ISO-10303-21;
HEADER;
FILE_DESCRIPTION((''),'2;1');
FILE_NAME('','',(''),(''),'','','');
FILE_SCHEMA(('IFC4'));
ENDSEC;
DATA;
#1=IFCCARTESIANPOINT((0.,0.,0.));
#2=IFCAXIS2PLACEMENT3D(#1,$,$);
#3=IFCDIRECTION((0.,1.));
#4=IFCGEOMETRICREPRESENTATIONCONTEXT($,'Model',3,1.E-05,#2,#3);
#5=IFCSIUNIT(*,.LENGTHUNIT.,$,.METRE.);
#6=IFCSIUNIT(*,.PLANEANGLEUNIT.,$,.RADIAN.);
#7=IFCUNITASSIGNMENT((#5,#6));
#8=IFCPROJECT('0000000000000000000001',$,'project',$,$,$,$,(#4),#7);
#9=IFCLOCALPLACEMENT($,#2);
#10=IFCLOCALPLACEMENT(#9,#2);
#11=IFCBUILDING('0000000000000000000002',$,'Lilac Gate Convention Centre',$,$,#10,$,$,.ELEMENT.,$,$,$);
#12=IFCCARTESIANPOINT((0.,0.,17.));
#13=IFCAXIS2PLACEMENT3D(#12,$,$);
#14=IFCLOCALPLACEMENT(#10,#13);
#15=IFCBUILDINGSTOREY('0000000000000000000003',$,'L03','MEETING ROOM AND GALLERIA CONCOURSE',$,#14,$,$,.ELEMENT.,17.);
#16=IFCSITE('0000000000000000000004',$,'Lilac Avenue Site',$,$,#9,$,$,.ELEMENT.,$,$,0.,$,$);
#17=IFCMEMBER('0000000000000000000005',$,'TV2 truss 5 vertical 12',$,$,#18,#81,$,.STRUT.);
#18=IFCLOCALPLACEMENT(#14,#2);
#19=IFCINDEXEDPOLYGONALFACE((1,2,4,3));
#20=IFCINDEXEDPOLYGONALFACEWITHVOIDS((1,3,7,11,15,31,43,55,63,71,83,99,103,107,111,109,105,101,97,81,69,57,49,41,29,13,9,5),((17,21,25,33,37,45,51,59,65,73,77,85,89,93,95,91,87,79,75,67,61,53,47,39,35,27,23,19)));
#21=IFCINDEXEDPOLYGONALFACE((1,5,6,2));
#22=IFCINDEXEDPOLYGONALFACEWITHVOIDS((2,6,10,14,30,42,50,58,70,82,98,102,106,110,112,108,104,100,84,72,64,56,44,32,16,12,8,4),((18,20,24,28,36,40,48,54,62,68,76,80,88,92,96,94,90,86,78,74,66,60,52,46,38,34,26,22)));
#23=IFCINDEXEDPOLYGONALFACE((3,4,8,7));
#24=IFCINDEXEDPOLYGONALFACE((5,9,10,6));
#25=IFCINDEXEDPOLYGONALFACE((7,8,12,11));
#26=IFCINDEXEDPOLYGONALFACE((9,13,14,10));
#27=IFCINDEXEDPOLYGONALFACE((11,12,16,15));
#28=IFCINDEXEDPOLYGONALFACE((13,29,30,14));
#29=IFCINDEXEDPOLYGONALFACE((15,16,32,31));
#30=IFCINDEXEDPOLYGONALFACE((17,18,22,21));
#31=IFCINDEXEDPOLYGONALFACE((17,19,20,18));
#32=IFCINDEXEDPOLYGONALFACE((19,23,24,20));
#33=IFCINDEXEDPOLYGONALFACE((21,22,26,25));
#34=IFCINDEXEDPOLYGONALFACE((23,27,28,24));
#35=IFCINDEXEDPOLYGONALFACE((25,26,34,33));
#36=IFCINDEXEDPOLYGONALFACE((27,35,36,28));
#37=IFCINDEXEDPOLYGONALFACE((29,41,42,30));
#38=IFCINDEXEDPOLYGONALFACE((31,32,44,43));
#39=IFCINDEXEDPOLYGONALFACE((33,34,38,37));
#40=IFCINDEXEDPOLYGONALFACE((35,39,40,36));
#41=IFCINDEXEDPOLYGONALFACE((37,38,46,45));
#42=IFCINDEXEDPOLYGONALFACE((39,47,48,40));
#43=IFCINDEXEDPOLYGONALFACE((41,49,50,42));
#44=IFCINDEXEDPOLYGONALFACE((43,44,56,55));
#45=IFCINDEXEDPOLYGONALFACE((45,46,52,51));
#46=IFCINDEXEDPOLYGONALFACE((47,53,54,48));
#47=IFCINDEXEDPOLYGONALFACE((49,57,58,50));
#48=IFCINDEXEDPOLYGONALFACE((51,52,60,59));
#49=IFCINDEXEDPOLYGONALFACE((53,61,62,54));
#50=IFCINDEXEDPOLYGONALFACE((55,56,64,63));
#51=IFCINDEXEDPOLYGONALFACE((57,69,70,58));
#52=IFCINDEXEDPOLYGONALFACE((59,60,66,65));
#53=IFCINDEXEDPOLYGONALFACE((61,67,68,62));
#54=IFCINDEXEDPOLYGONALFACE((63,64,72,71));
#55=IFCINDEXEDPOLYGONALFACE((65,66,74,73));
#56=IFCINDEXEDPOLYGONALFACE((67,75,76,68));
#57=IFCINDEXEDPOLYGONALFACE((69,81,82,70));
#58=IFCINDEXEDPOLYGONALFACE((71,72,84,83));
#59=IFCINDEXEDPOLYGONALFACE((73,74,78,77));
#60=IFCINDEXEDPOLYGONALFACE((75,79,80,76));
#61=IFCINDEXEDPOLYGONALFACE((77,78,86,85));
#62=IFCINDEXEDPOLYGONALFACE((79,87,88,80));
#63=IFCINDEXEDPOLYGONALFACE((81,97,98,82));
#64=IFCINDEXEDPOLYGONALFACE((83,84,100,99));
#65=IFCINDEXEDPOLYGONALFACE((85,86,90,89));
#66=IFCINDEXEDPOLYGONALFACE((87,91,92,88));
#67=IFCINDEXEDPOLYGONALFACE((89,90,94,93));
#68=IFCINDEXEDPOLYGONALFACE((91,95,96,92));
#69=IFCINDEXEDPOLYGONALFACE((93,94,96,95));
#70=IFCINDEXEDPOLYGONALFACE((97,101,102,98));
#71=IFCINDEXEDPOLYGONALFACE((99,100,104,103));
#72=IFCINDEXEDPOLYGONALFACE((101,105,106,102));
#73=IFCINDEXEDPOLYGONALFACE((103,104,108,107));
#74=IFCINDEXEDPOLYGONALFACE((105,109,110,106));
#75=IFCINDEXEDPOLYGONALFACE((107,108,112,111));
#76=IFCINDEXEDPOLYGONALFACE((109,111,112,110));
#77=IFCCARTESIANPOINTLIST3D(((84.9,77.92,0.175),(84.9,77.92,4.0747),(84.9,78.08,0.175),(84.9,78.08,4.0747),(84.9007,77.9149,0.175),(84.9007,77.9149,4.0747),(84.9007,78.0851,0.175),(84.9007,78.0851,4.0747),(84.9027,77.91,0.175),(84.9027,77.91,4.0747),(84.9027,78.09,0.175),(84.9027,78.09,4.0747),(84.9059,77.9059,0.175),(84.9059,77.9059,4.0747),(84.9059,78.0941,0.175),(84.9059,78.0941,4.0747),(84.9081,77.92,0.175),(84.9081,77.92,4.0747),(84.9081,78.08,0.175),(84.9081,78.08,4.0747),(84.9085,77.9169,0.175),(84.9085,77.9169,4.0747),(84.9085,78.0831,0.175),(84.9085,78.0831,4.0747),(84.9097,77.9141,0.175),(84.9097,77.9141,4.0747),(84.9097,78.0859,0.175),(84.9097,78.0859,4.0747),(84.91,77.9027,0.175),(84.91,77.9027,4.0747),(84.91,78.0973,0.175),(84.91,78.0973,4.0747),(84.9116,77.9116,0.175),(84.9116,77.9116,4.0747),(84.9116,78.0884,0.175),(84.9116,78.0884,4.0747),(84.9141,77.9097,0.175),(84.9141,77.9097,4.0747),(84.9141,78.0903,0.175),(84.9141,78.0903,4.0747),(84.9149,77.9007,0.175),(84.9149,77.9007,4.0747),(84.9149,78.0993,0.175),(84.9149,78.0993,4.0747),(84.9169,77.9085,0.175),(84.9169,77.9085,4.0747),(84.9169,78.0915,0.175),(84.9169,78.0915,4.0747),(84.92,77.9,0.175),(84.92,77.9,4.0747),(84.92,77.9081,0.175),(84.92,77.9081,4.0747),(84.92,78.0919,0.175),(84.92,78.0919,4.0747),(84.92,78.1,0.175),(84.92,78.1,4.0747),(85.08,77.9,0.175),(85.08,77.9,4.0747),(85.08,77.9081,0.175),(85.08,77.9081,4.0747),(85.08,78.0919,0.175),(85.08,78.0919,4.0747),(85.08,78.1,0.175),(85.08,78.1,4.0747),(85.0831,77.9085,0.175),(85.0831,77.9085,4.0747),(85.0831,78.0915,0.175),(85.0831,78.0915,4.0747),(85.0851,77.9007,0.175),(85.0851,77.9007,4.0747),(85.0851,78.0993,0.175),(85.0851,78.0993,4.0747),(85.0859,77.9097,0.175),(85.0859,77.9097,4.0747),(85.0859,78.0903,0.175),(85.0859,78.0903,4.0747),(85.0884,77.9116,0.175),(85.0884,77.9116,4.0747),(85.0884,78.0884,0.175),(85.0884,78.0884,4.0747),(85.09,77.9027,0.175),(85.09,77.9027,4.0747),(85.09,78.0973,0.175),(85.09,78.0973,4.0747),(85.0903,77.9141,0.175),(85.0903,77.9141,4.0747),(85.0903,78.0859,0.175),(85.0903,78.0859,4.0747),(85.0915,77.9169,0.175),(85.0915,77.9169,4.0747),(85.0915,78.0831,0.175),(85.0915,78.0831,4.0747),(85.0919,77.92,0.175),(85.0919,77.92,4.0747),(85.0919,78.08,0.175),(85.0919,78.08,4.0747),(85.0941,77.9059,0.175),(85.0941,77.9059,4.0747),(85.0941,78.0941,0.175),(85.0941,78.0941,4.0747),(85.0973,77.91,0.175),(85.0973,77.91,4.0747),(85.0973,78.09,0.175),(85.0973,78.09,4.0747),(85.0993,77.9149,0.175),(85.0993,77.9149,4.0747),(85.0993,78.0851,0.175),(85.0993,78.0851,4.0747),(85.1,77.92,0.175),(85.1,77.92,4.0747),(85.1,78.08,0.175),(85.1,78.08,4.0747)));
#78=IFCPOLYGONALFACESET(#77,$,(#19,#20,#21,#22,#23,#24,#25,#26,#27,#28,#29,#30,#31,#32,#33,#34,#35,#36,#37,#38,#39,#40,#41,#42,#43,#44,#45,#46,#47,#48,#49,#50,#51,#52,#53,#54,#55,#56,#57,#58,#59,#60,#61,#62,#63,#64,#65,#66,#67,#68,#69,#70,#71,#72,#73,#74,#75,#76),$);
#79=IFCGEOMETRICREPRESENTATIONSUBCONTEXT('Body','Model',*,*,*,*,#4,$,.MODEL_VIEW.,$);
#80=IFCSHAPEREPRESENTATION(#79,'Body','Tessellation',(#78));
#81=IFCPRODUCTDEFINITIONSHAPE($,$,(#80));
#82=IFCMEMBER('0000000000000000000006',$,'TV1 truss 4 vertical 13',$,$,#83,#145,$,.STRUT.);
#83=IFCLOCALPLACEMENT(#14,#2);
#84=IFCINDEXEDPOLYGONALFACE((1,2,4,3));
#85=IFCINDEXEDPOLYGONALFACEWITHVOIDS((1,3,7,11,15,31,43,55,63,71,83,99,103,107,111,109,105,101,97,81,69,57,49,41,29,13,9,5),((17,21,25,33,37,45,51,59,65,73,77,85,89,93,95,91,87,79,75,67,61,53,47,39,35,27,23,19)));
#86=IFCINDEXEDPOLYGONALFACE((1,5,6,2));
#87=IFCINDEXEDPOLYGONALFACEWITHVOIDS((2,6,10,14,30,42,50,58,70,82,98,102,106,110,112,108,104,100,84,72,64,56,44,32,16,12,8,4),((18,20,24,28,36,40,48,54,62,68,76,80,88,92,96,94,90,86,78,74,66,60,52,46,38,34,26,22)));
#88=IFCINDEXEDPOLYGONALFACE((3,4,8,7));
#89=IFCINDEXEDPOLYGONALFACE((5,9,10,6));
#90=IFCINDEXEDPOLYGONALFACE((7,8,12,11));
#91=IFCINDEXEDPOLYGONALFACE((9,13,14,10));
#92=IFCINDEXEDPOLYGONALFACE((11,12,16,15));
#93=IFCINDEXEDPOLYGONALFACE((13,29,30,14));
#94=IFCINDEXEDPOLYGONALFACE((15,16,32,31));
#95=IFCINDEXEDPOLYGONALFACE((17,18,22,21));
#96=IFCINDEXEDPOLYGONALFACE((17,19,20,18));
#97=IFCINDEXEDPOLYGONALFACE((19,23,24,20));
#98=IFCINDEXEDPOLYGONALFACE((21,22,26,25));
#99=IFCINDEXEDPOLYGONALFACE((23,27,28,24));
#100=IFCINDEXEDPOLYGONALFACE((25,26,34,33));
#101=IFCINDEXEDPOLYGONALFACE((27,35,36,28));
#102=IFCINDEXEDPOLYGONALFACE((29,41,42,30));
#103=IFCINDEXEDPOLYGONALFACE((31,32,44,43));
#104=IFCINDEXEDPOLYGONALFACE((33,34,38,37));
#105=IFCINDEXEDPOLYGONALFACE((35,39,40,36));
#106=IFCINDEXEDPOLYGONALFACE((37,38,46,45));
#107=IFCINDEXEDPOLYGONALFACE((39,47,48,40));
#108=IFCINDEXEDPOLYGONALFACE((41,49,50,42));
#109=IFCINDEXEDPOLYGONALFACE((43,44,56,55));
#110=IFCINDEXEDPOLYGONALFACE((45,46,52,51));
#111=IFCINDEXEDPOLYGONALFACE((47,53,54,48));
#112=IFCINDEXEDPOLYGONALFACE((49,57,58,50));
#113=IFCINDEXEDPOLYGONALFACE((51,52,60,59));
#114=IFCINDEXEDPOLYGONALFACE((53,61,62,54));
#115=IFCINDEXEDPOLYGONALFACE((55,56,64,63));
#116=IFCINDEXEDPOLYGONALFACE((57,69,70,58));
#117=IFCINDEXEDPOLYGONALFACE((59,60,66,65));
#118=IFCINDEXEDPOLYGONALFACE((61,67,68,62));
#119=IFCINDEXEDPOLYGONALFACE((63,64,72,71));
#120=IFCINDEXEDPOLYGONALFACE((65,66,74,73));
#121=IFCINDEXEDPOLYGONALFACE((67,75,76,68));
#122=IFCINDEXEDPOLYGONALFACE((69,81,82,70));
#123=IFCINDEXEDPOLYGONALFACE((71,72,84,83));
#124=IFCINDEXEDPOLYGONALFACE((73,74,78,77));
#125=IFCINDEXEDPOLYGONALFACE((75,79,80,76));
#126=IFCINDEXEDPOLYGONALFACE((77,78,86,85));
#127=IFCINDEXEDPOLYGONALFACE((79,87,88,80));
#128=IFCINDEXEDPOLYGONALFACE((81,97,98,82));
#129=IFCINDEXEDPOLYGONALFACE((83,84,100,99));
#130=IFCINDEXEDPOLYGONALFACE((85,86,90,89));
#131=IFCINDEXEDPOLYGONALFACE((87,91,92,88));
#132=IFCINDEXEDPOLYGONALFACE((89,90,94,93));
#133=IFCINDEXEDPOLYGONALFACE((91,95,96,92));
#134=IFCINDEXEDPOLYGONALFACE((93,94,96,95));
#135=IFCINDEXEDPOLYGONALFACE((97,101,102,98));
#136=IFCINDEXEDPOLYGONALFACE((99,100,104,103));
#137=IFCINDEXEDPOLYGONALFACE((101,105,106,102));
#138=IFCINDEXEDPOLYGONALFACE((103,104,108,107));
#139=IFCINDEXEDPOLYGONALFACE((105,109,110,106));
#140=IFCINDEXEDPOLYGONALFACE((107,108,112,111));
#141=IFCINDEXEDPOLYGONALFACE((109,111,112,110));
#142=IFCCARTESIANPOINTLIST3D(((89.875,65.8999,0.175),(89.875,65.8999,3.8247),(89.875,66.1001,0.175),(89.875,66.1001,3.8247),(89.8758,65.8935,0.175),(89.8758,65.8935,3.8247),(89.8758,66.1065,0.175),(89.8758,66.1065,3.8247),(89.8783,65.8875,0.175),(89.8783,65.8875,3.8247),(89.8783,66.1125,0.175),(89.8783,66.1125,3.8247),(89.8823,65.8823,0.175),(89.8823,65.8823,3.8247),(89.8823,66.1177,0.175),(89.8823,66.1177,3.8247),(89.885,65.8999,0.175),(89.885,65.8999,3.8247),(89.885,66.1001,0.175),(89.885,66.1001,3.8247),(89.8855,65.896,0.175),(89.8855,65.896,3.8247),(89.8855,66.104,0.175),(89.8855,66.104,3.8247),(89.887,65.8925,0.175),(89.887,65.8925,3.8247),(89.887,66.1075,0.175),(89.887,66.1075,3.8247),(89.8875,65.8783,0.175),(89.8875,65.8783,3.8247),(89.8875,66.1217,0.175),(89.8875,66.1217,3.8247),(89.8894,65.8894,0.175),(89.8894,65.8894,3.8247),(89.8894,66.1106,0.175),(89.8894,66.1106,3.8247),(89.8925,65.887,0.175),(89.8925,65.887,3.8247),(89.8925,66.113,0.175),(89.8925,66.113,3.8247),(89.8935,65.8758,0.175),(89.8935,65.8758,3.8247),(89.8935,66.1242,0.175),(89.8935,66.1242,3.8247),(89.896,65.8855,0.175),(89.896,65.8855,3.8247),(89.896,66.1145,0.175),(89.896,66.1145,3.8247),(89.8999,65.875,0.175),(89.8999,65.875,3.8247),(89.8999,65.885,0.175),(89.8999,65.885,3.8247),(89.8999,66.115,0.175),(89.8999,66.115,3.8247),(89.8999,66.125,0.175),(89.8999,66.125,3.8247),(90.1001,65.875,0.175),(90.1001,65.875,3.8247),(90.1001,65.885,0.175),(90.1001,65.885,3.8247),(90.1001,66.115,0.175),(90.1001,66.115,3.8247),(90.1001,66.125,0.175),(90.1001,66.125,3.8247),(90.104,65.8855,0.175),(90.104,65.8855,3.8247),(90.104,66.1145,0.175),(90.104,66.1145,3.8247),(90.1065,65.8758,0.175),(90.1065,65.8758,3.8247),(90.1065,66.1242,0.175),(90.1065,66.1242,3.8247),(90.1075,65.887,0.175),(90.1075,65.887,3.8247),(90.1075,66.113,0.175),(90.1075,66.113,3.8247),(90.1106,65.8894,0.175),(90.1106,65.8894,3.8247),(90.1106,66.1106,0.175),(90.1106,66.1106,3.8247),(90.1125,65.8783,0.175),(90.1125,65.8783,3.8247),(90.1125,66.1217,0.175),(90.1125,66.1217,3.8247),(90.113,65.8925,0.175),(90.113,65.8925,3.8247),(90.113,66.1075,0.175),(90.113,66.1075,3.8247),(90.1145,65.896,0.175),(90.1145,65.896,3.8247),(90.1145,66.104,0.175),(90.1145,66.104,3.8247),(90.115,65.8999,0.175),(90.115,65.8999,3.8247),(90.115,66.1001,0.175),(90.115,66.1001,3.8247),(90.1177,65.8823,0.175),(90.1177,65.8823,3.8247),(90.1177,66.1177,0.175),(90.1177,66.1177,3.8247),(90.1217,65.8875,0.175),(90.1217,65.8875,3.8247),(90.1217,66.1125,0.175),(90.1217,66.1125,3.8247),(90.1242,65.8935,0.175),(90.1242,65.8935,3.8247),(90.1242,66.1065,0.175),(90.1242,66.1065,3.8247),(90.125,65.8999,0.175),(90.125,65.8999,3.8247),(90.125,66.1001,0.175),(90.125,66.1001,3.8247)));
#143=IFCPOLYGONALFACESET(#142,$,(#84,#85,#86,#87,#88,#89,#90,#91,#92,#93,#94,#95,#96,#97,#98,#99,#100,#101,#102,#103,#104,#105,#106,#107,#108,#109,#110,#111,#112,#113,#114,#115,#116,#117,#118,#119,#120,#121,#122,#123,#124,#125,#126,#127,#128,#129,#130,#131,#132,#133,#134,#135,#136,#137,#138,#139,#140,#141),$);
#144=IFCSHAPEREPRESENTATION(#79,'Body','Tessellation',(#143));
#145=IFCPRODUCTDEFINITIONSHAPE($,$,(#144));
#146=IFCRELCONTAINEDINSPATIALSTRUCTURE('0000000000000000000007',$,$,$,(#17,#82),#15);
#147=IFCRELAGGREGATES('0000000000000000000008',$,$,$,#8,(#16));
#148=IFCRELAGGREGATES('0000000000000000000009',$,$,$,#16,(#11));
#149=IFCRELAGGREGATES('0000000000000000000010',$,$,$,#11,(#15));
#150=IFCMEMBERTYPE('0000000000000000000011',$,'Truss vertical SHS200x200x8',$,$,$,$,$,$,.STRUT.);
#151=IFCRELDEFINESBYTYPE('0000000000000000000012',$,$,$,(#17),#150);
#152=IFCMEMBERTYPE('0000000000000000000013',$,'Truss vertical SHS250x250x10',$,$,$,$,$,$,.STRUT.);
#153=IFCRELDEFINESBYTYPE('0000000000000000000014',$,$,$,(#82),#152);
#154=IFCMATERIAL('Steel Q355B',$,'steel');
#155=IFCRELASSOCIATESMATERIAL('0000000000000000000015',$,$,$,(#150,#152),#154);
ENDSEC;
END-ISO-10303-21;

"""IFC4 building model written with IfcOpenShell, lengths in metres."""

from ifc_helpers import new_model, si_unit, direction, frame, origin, origin_2d, place, context, subcontext, project, spatial, hollow_rectangle, extrude, material, material_profile, profile_set, type_object, element, save


model = new_model("IFC4")

# Units and contexts
model_context = context("Model", 3, precision=1e-05, world=origin(), true_north=direction((0.0, 1.0)))
body_context = subcontext(model_context, "Body", "Model", "MODEL_VIEW")
ifc_project = project(units=[si_unit("LENGTHUNIT", "METRE"), si_unit("PLANEANGLEUNIT", "RADIAN")], contexts=[model_context])

# Site, building, storey
site_placement = place(None, origin())
site = spatial("IfcSite", under=ifc_project, at=site_placement, Name="Lilac Avenue Site", CompositionType="ELEMENT", RefElevation=0.0)
building_placement = place(site_placement, origin())
building = spatial("IfcBuilding", under=site, at=building_placement, Name="Lilac Gate Convention Centre", CompositionType="ELEMENT")
storey_placement = place(building_placement, frame((0.0, 0.0, 17.0)))
storey = spatial("IfcBuildingStorey", under=building, at=storey_placement, Name="L03", Description="MEETING ROOM AND GALLERIA CONCOURSE", CompositionType="ELEMENT", Elevation=17.0)

# Members
ifc_material = material(Name="Steel Q355B", Category="steel")
ifc_material_profile_1 = material_profile(ifc_material, hollow_rectangle(XDim=0.2, YDim=0.2, WallThickness=0.0081, InnerFilletRadius=0.012, OuterFilletRadius=0.02, at=origin_2d()), Name="SHS200x200x8")
ifc_profile_set_1 = profile_set([ifc_material_profile_1], Name="Steel Q355B")
member_type_1 = type_object("IfcMemberType", Name="Truss vertical SHS200x200x8", PredefinedType="STRUT", material=ifc_profile_set_1)
for number, where, z_axis, x_axis, name in (
    (1, (85.0, 78.0, 0.175), (0.0, 0.0, 1.0), (1.0, 0.0, 0.0), "TV2 truss 5 vertical 12"),
):
    element("IfcMember", number, at=place(storey_placement, frame(where, z_axis=z_axis, x_axis=x_axis)), inside=storey, type_object=member_type_1, Name=name, PredefinedType="STRUT", context=body_context, shape_type="SweptSolid", body=[
        extrude(hollow_rectangle(XDim=0.2, YDim=0.2, WallThickness=0.0081, InnerFilletRadius=0.012, OuterFilletRadius=0.02, at=origin_2d()), origin(), (0.0, 0.0, 1.0), 3.8997),
    ])
ifc_material_profile_2 = material_profile(ifc_material, hollow_rectangle(XDim=0.25, YDim=0.25, WallThickness=0.01, InnerFilletRadius=0.0149, OuterFilletRadius=0.0249, at=origin_2d()), Name="SHS250x250x10")
ifc_profile_set_2 = profile_set([ifc_material_profile_2], Name="Steel Q355B")
member_type_2 = type_object("IfcMemberType", Name="Truss vertical SHS250x250x10", PredefinedType="STRUT", material=ifc_profile_set_2)
for number, where, z_axis, x_axis, name in (
    (2, (90.0, 66.0, 0.175), (0.0, 0.0, 1.0), (1.0, 0.0, 0.0), "TV1 truss 4 vertical 13"),
):
    element("IfcMember", number, at=place(storey_placement, frame(where, z_axis=z_axis, x_axis=x_axis)), inside=storey, type_object=member_type_2, Name=name, PredefinedType="STRUT", context=body_context, shape_type="SweptSolid", body=[
        extrude(hollow_rectangle(XDim=0.25, YDim=0.25, WallThickness=0.01, InnerFilletRadius=0.0149, OuterFilletRadius=0.0249, at=origin_2d()), origin(), (0.0, 0.0, 1.0), 3.6497),
    ])

save(model, "model.ifc")
